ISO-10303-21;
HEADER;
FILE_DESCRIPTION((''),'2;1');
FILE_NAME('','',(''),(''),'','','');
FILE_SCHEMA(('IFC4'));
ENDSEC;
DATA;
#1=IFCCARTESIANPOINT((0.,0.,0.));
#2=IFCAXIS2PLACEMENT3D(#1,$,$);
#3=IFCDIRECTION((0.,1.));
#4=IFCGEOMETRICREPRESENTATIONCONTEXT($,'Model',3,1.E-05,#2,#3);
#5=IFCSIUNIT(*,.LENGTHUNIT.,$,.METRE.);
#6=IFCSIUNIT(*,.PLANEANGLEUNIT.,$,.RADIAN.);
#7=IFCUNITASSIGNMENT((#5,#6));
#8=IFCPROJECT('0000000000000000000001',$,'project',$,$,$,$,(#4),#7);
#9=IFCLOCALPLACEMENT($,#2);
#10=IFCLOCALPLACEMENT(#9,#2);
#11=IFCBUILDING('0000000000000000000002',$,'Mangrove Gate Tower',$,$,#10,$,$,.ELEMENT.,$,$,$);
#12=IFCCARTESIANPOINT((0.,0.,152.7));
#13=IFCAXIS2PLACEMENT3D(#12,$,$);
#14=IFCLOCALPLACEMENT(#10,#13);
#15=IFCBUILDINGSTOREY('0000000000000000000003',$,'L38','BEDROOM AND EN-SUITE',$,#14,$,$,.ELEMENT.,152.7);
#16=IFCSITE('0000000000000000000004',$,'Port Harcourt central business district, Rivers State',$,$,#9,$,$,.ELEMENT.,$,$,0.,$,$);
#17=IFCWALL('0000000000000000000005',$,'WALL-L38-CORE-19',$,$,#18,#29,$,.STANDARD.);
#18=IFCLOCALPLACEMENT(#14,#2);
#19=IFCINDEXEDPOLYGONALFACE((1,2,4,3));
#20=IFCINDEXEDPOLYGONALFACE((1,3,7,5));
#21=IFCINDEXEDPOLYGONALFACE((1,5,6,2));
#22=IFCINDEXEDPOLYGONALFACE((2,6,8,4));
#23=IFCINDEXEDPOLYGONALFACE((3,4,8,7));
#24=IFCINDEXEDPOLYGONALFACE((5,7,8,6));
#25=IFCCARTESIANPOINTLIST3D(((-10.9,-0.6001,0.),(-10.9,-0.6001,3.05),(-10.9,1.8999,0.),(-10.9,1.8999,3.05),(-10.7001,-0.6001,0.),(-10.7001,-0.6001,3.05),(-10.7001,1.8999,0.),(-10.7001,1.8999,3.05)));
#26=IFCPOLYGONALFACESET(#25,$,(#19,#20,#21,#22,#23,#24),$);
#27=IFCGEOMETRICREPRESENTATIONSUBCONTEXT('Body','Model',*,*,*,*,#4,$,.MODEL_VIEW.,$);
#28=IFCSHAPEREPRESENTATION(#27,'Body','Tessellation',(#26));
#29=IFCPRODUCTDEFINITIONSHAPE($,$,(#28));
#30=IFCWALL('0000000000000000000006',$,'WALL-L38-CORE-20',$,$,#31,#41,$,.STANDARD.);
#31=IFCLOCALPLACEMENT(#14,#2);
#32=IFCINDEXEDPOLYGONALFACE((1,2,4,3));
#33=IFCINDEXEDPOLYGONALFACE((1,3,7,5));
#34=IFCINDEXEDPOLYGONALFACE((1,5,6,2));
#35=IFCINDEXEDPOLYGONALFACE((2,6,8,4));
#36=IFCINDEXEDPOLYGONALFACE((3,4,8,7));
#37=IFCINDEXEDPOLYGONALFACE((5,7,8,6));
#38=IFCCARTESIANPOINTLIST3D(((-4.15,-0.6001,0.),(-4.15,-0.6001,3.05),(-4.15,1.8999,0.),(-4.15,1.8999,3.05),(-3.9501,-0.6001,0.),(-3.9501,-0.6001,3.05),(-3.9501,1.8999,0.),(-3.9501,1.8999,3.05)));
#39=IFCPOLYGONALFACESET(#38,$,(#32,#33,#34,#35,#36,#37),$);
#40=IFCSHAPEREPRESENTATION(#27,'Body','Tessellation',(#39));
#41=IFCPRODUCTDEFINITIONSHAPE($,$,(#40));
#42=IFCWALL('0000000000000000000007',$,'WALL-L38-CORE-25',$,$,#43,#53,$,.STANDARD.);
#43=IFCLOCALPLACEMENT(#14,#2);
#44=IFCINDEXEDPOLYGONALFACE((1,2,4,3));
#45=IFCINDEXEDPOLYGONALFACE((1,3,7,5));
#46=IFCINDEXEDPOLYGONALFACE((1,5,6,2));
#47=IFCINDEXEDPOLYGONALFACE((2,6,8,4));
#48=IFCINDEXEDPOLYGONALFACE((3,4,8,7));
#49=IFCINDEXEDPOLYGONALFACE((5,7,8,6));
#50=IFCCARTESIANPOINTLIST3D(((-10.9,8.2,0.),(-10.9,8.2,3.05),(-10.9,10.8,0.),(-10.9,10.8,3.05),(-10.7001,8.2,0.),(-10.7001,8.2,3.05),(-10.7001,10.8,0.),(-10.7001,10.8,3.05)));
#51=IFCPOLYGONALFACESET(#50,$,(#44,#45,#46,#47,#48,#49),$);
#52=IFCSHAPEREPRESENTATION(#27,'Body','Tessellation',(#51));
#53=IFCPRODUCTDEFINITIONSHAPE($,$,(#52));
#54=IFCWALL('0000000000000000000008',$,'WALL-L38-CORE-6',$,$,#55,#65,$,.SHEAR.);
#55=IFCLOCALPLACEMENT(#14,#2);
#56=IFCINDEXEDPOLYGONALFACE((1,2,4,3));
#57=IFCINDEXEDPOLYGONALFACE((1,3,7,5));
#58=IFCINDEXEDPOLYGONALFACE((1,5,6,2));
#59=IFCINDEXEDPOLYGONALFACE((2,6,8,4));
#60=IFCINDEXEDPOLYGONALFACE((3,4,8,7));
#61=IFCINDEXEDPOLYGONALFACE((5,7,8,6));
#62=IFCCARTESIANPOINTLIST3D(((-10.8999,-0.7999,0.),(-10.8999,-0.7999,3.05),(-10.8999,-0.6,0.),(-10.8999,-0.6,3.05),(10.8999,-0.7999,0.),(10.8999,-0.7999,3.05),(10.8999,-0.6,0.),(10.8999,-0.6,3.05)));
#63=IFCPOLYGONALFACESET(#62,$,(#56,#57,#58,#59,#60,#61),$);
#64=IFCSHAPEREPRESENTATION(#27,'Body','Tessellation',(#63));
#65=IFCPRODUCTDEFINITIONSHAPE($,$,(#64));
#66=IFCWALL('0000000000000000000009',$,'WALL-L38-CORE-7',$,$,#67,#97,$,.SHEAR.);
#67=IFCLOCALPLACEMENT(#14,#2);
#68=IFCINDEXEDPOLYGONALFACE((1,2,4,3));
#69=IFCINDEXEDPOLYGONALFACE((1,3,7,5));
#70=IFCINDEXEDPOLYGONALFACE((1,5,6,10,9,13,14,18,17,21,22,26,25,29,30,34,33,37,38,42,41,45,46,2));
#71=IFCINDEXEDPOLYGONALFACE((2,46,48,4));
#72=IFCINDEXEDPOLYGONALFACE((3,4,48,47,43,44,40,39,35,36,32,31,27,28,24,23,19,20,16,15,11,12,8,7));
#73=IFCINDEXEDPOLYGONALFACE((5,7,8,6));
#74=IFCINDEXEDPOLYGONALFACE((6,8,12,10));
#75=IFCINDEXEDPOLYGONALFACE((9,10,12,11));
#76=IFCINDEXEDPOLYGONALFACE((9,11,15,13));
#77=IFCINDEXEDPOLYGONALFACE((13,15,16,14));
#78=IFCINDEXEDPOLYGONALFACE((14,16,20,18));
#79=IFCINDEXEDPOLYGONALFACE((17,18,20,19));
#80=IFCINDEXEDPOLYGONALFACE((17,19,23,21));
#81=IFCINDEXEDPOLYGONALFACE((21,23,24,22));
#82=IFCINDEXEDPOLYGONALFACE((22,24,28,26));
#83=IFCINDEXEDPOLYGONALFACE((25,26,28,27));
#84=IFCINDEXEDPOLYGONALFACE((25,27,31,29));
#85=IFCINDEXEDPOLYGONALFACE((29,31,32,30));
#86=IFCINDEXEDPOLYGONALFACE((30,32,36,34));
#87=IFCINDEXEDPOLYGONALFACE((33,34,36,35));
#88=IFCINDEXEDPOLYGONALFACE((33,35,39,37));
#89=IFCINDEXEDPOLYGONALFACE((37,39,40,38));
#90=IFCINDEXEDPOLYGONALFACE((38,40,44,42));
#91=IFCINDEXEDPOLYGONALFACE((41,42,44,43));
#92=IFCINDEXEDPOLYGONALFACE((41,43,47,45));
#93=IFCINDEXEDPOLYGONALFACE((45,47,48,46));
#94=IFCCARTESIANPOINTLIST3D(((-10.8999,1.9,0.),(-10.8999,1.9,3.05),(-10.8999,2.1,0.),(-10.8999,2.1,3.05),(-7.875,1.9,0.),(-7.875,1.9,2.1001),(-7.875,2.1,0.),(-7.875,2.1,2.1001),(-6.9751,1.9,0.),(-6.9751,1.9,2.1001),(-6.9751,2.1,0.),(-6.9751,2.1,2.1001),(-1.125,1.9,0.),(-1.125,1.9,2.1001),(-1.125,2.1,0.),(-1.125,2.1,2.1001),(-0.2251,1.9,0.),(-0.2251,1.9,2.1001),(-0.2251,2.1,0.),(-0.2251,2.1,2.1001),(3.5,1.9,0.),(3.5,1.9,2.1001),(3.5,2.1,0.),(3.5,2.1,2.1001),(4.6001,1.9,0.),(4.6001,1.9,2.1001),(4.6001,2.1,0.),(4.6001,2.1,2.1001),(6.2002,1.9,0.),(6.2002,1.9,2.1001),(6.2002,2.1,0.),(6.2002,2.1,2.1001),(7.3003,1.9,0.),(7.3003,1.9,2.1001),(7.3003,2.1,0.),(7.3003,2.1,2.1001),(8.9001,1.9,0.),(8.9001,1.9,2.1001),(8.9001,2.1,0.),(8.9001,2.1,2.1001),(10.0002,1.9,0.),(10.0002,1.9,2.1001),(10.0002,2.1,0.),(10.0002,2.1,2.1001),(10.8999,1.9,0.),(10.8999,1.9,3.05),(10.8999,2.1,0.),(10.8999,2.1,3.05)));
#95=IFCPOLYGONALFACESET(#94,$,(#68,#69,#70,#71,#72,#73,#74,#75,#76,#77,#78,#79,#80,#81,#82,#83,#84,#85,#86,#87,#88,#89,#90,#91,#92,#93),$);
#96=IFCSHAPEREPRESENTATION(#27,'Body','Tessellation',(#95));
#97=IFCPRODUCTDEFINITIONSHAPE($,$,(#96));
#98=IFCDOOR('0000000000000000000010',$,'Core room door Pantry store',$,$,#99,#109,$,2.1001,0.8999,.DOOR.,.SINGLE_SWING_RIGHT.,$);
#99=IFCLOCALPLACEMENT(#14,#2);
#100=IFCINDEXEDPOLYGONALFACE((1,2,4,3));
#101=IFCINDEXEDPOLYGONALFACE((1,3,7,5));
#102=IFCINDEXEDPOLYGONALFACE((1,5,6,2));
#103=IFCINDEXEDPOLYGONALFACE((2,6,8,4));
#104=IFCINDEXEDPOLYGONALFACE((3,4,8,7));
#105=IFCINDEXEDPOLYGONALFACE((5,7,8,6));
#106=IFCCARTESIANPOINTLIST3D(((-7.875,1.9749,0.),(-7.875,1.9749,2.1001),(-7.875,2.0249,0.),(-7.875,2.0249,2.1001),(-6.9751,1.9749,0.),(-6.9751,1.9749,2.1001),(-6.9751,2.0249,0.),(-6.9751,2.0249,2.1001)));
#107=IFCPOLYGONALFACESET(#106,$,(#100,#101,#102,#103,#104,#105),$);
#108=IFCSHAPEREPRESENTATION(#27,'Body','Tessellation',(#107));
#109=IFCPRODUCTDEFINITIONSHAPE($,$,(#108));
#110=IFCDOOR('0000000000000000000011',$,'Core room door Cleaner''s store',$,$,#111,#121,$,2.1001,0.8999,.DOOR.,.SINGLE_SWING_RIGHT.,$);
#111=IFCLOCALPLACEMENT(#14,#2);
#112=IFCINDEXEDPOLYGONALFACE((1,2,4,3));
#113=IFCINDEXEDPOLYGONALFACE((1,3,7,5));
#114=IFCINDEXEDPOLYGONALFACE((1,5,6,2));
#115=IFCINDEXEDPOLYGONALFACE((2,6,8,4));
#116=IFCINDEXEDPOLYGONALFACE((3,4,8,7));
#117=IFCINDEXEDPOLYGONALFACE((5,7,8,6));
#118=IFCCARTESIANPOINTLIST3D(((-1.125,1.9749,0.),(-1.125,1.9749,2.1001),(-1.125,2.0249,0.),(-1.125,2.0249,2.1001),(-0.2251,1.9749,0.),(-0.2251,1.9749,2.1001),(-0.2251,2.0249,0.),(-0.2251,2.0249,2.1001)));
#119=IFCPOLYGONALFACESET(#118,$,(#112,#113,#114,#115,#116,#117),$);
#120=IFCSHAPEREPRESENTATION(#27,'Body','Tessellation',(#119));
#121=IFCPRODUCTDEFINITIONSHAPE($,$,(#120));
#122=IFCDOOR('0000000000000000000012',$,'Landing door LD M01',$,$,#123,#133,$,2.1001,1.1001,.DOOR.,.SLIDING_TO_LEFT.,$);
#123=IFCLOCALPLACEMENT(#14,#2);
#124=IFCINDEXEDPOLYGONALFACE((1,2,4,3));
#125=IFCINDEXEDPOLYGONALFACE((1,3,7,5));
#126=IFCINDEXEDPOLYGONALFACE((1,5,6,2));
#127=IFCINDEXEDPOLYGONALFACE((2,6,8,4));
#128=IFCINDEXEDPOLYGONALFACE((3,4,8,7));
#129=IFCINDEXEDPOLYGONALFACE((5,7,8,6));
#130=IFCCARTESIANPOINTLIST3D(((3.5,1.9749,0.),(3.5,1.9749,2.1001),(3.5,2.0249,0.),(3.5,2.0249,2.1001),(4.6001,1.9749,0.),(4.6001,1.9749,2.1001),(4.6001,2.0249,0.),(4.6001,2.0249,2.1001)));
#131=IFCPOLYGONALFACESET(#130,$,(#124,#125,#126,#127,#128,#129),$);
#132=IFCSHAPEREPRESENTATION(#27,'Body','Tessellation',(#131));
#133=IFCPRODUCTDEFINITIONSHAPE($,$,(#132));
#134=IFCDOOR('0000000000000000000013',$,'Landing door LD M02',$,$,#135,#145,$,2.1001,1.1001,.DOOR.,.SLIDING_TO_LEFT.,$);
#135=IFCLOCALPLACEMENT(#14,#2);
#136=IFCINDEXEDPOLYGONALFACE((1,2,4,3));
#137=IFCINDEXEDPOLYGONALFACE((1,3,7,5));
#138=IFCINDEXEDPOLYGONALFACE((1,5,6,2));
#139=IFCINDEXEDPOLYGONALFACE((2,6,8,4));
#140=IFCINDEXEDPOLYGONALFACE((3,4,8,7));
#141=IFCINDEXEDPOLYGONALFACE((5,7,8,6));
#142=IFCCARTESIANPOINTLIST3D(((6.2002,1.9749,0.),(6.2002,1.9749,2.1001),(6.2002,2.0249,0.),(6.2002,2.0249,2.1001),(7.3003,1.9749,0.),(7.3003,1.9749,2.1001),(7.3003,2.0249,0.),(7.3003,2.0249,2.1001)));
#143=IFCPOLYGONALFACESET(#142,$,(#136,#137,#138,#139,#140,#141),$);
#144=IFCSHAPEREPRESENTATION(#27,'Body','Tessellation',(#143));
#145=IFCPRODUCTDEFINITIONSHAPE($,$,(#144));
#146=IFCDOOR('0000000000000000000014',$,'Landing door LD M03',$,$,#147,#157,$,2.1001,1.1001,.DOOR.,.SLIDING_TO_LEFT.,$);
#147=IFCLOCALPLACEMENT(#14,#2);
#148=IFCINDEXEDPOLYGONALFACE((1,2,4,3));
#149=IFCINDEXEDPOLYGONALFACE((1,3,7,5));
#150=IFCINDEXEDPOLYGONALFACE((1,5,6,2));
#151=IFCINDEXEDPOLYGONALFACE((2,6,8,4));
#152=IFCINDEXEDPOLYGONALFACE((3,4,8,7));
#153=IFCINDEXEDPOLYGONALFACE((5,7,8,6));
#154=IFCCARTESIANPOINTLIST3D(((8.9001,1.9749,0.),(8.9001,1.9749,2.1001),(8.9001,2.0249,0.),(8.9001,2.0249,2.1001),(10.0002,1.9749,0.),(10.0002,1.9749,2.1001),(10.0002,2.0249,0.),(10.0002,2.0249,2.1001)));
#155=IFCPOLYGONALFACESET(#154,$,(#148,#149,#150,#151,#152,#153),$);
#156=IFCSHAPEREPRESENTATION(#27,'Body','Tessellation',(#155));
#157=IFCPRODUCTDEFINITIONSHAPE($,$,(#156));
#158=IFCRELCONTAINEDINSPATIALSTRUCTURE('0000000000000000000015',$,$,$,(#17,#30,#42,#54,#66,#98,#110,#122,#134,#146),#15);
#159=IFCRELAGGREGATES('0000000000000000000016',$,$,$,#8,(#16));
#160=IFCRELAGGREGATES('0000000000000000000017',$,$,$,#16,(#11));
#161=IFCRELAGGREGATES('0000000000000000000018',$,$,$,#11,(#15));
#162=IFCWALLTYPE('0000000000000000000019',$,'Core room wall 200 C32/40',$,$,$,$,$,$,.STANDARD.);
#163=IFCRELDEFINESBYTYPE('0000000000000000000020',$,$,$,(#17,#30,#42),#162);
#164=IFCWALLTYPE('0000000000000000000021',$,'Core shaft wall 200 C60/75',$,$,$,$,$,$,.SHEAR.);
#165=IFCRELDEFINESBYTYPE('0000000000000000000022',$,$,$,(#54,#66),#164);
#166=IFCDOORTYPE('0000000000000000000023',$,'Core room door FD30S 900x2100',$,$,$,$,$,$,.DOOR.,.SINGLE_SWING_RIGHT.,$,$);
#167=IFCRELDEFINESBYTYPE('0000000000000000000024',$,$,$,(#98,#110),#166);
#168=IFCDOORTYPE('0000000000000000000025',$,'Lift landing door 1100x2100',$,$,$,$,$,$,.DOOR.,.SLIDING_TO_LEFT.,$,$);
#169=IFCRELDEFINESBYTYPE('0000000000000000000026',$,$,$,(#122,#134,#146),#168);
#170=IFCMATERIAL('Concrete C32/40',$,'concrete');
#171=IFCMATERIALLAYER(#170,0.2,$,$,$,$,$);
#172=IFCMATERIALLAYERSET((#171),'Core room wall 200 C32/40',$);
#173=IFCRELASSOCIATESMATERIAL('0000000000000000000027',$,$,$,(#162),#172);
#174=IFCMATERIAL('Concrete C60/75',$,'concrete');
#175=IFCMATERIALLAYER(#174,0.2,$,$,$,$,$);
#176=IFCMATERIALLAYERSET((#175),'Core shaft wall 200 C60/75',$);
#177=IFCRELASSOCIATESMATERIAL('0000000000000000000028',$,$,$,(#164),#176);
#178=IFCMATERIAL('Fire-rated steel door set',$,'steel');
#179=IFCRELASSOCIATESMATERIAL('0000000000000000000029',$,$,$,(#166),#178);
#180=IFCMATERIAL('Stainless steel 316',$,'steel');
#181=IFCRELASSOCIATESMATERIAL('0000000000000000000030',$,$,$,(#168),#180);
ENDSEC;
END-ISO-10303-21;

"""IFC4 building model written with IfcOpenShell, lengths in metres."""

from ifc_helpers import new_model, si_unit, direction, frame, frame_2d, origin, place, context, subcontext, project, spatial, rectangle, extrude, material, layer, layer_set, type_object, element, fill, save


model = new_model("IFC4")

# Units and contexts
model_context = context("Model", 3, precision=1e-05, world=origin(), true_north=direction((0.0, 1.0)))
body_context = subcontext(model_context, "Body", "Model", "MODEL_VIEW")
ifc_project = project(units=[si_unit("LENGTHUNIT", "METRE"), si_unit("PLANEANGLEUNIT", "RADIAN")], contexts=[model_context])

# Site, building, storey
site_placement = place(None, origin())
site = spatial("IfcSite", under=ifc_project, at=site_placement, Name="Port Harcourt central business district, Rivers State", CompositionType="ELEMENT", RefElevation=0.0)
building_placement = place(site_placement, origin())
building = spatial("IfcBuilding", under=site, at=building_placement, Name="Mangrove Gate Tower", CompositionType="ELEMENT")
storey_placement = place(building_placement, frame((0.0, 0.0, 152.7)))
storey = spatial("IfcBuildingStorey", under=building, at=storey_placement, Name="L38", Description="BEDROOM AND EN-SUITE", CompositionType="ELEMENT", Elevation=152.7)

# Walls
ifc_material_1 = material(Name="Concrete C32/40", Category="concrete")
ifc_layer_1 = layer(ifc_material_1, 0.2)
ifc_layer_set_1 = layer_set([ifc_layer_1], Name="Core room wall 200 C32/40")
wall_type_1 = type_object("IfcWallType", Name="Core room wall 200 C32/40", PredefinedType="STANDARD", material=ifc_layer_set_1)
for number, where, z_axis, x_axis, name in (
    (1, (-10.8, -0.6001, 0.0), (0.0, 0.0, 1.0), (0.0, 1.0, 0.0), "WALL-L38-CORE-19"),
    (2, (-4.05, -0.6001, 0.0), (0.0, 0.0, 1.0), (0.0, 1.0, 0.0), "WALL-L38-CORE-20"),
):
    element("IfcWall", number, at=place(storey_placement, frame(where, z_axis=z_axis, x_axis=x_axis)), inside=storey, type_object=wall_type_1, Name=name, PredefinedType="STANDARD", context=body_context, shape_type="SweptSolid", body=[
        extrude(rectangle(XDim=2.5, YDim=0.2, at=frame_2d((1.25, 0.0))), origin(), (0.0, 0.0, 1.0), 3.05),
    ])
wall_1_placement = place(storey_placement, frame((-10.8, 8.2, 0.0), z_axis=(0.0, 0.0, 1.0), x_axis=(0.0, 1.0, 0.0)))
element("IfcWall", 3, at=wall_1_placement, inside=storey, type_object=wall_type_1, Name="WALL-L38-CORE-25", PredefinedType="STANDARD", context=body_context, shape_type="SweptSolid", body=[
    extrude(rectangle(XDim=2.6001, YDim=0.2, at=frame_2d((1.3, 0.0))), origin(), (0.0, 0.0, 1.0), 3.05),
])
ifc_material_2 = material(Name="Concrete C60/75", Category="concrete")
ifc_layer_2 = layer(ifc_material_2, 0.2)
ifc_layer_set_2 = layer_set([ifc_layer_2], Name="Core shaft wall 200 C60/75")
wall_type_2 = type_object("IfcWallType", Name="Core shaft wall 200 C60/75", PredefinedType="SHEAR", material=ifc_layer_set_2)
wall_2_placement = place(storey_placement, frame((-10.8999, -0.7, 0.0), z_axis=(0.0, 0.0, 1.0), x_axis=(1.0, 0.0, 0.0)))
element("IfcWall", 4, at=wall_2_placement, inside=storey, type_object=wall_type_2, Name="WALL-L38-CORE-6", PredefinedType="SHEAR", context=body_context, shape_type="SweptSolid", body=[
    extrude(rectangle(XDim=21.7998, YDim=0.2, at=frame_2d((10.8999, 0.0))), origin(), (0.0, 0.0, 1.0), 3.05),
])

# Wall, openings, doors
wall_3_placement = place(storey_placement, frame((-10.8999, 2.0, 0.0), z_axis=(0.0, 0.0, 1.0), x_axis=(1.0, 0.0, 0.0)))
wall_3 = element("IfcWall", 5, at=wall_3_placement, inside=storey, type_object=wall_type_2, Name="WALL-L38-CORE-7", PredefinedType="SHEAR", context=body_context, shape_type="SweptSolid", body=[
    extrude(rectangle(XDim=21.7998, YDim=0.2, at=frame_2d((10.8999, 0.0))), origin(), (0.0, 0.0, 1.0), 3.05),
])
opening_1_placement = place(wall_3_placement, frame((14.3999, 0.0, 0.0)))
opening_1 = element("IfcOpeningElement", 6, at=opening_1_placement, cuts=wall_3, PredefinedType="OPENING", context=body_context, shape_type="SweptSolid", body=[
    extrude(rectangle(XDim=1.1001, YDim=2.1001, at=frame_2d((0.55, 1.05))), frame((0.0, 0.1099, 0.0), z_axis=(0.0, -1.0, 0.0), x_axis=(1.0, 0.0, 0.0)), (0.0, 0.0, 1.0), 0.22),
])
opening_2_placement = place(wall_3_placement, frame((17.1001, 0.0, 0.0)))
opening_2 = element("IfcOpeningElement", 7, at=opening_2_placement, cuts=wall_3, PredefinedType="OPENING", context=body_context, shape_type="SweptSolid", body=[
    extrude(rectangle(XDim=1.1001, YDim=2.1001, at=frame_2d((0.55, 1.05))), frame((0.0, 0.1099, 0.0), z_axis=(0.0, -1.0, 0.0), x_axis=(1.0, 0.0, 0.0)), (0.0, 0.0, 1.0), 0.22),
])
opening_3_placement = place(wall_3_placement, frame((19.8, 0.0, 0.0)))
opening_3 = element("IfcOpeningElement", 8, at=opening_3_placement, cuts=wall_3, PredefinedType="OPENING", context=body_context, shape_type="SweptSolid", body=[
    extrude(rectangle(XDim=1.1001, YDim=2.1001, at=frame_2d((0.55, 1.05))), frame((0.0, 0.1099, 0.0), z_axis=(0.0, -1.0, 0.0), x_axis=(1.0, 0.0, 0.0)), (0.0, 0.0, 1.0), 0.22),
])
opening_4_placement = place(wall_3_placement, frame((3.0249, 0.0, 0.0)))
opening_4 = element("IfcOpeningElement", 9, at=opening_4_placement, cuts=wall_3, PredefinedType="OPENING", context=body_context, shape_type="SweptSolid", body=[
    extrude(rectangle(XDim=0.8999, YDim=2.1001, at=frame_2d((0.45, 1.05))), frame((0.0, 0.1099, 0.0), z_axis=(0.0, -1.0, 0.0), x_axis=(1.0, 0.0, 0.0)), (0.0, 0.0, 1.0), 0.22),
])
opening_5_placement = place(wall_3_placement, frame((9.7749, 0.0, 0.0)))
opening_5 = element("IfcOpeningElement", 10, at=opening_5_placement, cuts=wall_3, PredefinedType="OPENING", context=body_context, shape_type="SweptSolid", body=[
    extrude(rectangle(XDim=0.8999, YDim=2.1001, at=frame_2d((0.45, 1.05))), frame((0.0, 0.1099, 0.0), z_axis=(0.0, -1.0, 0.0), x_axis=(1.0, 0.0, 0.0)), (0.0, 0.0, 1.0), 0.22),
])
ifc_material_3 = material(Name="Fire-rated steel door set", Category="steel")
door_type_1 = type_object("IfcDoorType", Name="Core room door FD30S 900x2100", OperationType="SINGLE_SWING_RIGHT", PredefinedType="DOOR", material=ifc_material_3)
door_1_placement = place(opening_4_placement, origin())
door_1 = element("IfcDoor", 11, at=door_1_placement, inside=storey, type_object=door_type_1, Name="Core room door Pantry store", OperationType="SINGLE_SWING_RIGHT", OverallHeight=2.1001, OverallWidth=0.8999, PredefinedType="DOOR", context=body_context, shape_type="SweptSolid", body=[
    extrude(rectangle(XDim=0.8999, YDim=2.1001, at=frame_2d((0.45, 1.05))), frame((0.0, 0.0249, 0.0), z_axis=(0.0, -1.0, 0.0), x_axis=(1.0, 0.0, 0.0)), (0.0, 0.0, 1.0), 0.05),
])
fill(opening_4, door_1)
door_2_placement = place(opening_5_placement, origin())
door_2 = element("IfcDoor", 12, at=door_2_placement, inside=storey, type_object=door_type_1, Name="Core room door Cleaner's store", OperationType="SINGLE_SWING_RIGHT", OverallHeight=2.1001, OverallWidth=0.8999, PredefinedType="DOOR", context=body_context, shape_type="SweptSolid", body=[
    extrude(rectangle(XDim=0.8999, YDim=2.1001, at=frame_2d((0.45, 1.05))), frame((0.0, 0.0249, 0.0), z_axis=(0.0, -1.0, 0.0), x_axis=(1.0, 0.0, 0.0)), (0.0, 0.0, 1.0), 0.05),
])
fill(opening_5, door_2)
ifc_material_4 = material(Name="Stainless steel 316", Category="steel")
door_type_2 = type_object("IfcDoorType", Name="Lift landing door 1100x2100", OperationType="SLIDING_TO_LEFT", PredefinedType="DOOR", material=ifc_material_4)
door_3_placement = place(opening_1_placement, origin())
door_3 = element("IfcDoor", 13, at=door_3_placement, inside=storey, type_object=door_type_2, Name="Landing door LD M01", OperationType="SLIDING_TO_LEFT", OverallHeight=2.1001, OverallWidth=1.1001, PredefinedType="DOOR", context=body_context, shape_type="SweptSolid", body=[
    extrude(rectangle(XDim=1.1001, YDim=2.1001, at=frame_2d((0.55, 1.05))), frame((0.0, 0.0249, 0.0), z_axis=(0.0, -1.0, 0.0), x_axis=(1.0, 0.0, 0.0)), (0.0, 0.0, 1.0), 0.05),
])
fill(opening_1, door_3)
door_4_placement = place(opening_2_placement, origin())
door_4 = element("IfcDoor", 14, at=door_4_placement, inside=storey, type_object=door_type_2, Name="Landing door LD M02", OperationType="SLIDING_TO_LEFT", OverallHeight=2.1001, OverallWidth=1.1001, PredefinedType="DOOR", context=body_context, shape_type="SweptSolid", body=[
    extrude(rectangle(XDim=1.1001, YDim=2.1001, at=frame_2d((0.55, 1.05))), frame((0.0, 0.0249, 0.0), z_axis=(0.0, -1.0, 0.0), x_axis=(1.0, 0.0, 0.0)), (0.0, 0.0, 1.0), 0.05),
])
fill(opening_2, door_4)
door_5_placement = place(opening_3_placement, origin())
door_5 = element("IfcDoor", 15, at=door_5_placement, inside=storey, type_object=door_type_2, Name="Landing door LD M03", OperationType="SLIDING_TO_LEFT", OverallHeight=2.1001, OverallWidth=1.1001, PredefinedType="DOOR", context=body_context, shape_type="SweptSolid", body=[
    extrude(rectangle(XDim=1.1001, YDim=2.1001, at=frame_2d((0.55, 1.05))), frame((0.0, 0.0249, 0.0), z_axis=(0.0, -1.0, 0.0), x_axis=(1.0, 0.0, 0.0)), (0.0, 0.0, 1.0), 0.05),
])
fill(opening_3, door_5)

save(model, "model.ifc")
